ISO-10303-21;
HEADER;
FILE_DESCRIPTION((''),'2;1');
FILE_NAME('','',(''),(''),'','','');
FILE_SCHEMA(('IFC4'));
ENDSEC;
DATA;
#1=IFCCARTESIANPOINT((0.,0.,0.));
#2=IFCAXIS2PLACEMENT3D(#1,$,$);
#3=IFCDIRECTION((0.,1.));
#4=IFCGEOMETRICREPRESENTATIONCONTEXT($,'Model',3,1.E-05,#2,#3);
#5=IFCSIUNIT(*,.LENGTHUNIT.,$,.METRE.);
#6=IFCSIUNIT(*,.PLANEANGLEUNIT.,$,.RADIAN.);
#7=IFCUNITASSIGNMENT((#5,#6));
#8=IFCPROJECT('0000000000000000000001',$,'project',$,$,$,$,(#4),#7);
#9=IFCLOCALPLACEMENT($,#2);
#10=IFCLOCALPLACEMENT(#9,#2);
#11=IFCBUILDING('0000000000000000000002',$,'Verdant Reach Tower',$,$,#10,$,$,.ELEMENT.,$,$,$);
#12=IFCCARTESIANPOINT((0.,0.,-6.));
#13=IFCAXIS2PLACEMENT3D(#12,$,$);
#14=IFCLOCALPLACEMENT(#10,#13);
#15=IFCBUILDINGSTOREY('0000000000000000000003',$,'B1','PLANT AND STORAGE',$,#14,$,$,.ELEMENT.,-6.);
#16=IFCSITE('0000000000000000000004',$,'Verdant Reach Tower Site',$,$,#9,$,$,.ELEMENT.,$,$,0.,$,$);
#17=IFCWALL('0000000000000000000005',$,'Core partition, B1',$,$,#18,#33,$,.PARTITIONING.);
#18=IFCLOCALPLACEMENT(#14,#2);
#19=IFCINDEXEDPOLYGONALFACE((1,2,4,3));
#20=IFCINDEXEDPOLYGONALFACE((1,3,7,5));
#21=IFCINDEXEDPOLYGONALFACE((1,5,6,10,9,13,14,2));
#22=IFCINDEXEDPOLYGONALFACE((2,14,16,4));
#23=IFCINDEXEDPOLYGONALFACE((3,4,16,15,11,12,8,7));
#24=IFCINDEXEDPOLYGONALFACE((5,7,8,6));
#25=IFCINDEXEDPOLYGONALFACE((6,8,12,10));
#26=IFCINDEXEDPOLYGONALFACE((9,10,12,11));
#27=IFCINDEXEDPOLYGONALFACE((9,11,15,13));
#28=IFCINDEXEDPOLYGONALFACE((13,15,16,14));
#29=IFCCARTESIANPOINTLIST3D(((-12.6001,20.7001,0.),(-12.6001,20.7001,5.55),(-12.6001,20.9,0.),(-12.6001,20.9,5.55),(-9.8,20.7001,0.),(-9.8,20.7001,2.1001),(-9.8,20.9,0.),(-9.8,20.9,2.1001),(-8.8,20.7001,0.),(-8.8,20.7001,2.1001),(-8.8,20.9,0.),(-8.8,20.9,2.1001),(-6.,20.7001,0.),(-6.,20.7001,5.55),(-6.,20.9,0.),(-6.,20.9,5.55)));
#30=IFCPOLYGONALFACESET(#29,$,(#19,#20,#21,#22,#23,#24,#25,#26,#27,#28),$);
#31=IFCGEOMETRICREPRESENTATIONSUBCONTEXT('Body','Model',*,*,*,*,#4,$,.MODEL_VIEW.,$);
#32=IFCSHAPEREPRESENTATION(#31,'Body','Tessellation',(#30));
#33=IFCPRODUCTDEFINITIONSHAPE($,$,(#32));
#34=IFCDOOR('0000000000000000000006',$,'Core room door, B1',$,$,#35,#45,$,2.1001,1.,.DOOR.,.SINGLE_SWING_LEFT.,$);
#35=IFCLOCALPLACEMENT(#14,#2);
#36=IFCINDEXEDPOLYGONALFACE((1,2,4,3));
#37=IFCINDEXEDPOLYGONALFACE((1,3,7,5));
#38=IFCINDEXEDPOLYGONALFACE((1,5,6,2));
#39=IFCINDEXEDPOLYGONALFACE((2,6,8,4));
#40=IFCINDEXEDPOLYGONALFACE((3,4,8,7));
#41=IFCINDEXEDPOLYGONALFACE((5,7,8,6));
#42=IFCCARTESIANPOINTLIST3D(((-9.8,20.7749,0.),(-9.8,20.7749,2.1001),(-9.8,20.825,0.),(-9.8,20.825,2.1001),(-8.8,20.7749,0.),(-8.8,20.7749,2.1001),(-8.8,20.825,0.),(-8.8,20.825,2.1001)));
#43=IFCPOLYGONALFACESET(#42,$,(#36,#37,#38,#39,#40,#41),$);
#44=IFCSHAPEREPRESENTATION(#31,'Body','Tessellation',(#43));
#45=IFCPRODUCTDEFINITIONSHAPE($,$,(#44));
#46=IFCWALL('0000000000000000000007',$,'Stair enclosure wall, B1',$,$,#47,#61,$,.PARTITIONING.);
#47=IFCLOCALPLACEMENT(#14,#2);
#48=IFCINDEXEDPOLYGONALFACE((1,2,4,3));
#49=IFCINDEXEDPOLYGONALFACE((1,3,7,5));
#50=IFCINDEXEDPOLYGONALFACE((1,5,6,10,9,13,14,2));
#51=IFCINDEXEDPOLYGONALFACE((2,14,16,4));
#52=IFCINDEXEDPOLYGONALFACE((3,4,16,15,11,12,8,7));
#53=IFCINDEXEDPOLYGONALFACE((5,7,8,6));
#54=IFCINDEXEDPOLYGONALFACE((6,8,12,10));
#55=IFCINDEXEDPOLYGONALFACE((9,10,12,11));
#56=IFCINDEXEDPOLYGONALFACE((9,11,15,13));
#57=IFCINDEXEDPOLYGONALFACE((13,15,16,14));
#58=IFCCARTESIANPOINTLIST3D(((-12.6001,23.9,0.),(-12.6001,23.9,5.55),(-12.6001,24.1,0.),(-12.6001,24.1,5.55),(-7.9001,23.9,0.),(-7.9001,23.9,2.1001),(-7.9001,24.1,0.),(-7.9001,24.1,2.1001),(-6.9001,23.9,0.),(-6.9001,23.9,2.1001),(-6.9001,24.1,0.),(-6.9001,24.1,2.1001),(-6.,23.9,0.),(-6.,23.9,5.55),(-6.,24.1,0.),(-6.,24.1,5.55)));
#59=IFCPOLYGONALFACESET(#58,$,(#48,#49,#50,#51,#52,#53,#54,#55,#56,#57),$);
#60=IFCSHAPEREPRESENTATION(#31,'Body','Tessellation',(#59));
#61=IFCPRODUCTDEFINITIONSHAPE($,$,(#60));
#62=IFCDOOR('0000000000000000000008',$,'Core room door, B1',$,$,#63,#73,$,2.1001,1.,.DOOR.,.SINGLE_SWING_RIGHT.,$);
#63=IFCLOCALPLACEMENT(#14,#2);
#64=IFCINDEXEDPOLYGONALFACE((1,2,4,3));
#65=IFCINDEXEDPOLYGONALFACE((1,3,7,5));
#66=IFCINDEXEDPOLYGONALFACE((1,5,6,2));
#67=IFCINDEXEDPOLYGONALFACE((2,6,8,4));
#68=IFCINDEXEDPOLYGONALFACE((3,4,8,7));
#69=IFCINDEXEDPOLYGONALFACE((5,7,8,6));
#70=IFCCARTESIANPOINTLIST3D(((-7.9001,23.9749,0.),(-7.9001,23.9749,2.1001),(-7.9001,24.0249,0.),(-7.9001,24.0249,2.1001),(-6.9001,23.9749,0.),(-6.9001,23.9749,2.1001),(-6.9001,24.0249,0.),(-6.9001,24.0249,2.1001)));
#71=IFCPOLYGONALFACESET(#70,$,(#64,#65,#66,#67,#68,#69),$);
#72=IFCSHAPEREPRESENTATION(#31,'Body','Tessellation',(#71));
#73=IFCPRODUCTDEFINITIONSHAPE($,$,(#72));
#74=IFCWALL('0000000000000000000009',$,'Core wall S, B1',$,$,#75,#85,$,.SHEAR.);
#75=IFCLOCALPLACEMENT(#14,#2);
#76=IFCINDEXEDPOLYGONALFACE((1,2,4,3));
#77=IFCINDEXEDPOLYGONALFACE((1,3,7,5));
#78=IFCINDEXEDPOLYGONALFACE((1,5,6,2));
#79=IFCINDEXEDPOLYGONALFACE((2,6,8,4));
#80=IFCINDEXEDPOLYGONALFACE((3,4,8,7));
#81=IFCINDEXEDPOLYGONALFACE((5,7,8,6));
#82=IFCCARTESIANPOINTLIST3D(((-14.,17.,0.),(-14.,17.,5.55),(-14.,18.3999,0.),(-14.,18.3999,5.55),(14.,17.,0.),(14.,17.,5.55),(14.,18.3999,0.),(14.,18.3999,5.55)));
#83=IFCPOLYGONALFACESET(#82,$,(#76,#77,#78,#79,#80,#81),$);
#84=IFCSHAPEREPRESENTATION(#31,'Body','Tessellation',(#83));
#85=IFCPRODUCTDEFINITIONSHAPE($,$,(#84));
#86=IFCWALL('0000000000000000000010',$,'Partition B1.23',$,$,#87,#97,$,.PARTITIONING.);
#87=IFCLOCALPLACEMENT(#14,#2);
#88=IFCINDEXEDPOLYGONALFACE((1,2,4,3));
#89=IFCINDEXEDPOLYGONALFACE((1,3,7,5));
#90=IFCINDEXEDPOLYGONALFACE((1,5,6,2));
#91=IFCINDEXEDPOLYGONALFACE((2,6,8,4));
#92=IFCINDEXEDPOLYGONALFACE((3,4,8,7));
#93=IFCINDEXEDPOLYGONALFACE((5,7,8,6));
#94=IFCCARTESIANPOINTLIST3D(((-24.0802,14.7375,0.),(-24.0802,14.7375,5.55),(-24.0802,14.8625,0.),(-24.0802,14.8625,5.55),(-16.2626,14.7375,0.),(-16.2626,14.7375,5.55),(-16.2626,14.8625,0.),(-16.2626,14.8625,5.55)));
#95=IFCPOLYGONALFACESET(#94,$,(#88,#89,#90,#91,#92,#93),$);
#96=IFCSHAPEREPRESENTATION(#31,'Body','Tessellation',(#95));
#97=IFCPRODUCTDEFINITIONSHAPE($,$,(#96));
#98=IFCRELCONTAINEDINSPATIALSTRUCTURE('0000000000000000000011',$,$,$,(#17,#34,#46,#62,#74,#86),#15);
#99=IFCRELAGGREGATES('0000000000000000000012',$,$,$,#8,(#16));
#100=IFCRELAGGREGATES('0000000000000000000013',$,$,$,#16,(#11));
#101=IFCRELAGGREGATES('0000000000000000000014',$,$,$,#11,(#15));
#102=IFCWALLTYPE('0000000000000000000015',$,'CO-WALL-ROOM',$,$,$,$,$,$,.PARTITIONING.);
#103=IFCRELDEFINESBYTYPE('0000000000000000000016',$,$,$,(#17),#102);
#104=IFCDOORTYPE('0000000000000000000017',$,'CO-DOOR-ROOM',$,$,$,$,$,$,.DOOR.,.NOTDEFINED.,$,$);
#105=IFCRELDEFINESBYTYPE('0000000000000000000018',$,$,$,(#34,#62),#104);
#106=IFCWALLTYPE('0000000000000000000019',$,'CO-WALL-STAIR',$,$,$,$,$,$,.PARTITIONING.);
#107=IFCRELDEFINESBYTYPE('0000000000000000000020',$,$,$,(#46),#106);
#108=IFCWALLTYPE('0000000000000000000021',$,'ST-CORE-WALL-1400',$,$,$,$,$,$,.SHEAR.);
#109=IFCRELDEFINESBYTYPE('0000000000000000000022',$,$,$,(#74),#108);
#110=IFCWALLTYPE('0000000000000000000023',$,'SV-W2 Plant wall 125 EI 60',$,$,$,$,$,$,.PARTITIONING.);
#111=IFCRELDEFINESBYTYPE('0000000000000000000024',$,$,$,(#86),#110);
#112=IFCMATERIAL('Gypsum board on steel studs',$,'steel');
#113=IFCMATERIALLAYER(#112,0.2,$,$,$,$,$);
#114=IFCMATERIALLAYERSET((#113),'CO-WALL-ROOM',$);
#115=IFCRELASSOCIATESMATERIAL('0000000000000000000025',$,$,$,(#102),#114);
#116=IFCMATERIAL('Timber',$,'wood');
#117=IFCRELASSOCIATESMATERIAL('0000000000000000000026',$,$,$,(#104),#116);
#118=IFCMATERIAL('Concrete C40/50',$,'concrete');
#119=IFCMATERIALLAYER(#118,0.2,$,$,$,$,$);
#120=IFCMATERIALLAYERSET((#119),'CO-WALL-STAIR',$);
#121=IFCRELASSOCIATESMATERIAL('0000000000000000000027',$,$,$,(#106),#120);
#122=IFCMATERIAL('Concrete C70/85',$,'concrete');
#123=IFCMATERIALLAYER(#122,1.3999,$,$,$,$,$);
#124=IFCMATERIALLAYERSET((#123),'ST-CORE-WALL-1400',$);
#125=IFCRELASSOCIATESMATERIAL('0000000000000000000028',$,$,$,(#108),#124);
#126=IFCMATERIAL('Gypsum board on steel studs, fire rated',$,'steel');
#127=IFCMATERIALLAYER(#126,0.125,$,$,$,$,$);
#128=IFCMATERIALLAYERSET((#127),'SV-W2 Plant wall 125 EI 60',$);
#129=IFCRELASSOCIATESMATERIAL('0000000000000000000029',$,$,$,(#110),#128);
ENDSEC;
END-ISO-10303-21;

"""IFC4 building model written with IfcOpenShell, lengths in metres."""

from ifc_helpers import new_model, si_unit, direction, frame, frame_2d, origin, place, context, subcontext, project, spatial, rectangle, extrude, material, layer, layer_set, type_object, element, fill, save


model = new_model("IFC4")

# Units and contexts
model_context = context("Model", 3, precision=1e-05, world=origin(), true_north=direction((0.0, 1.0)))
body_context = subcontext(model_context, "Body", "Model", "MODEL_VIEW")
ifc_project = project(units=[si_unit("LENGTHUNIT", "METRE"), si_unit("PLANEANGLEUNIT", "RADIAN")], contexts=[model_context])

# Site, building, storey
site_placement = place(None, origin())
site = spatial("IfcSite", under=ifc_project, at=site_placement, Name="Verdant Reach Tower Site", CompositionType="ELEMENT", RefElevation=0.0)
building_placement = place(site_placement, origin())
building = spatial("IfcBuilding", under=site, at=building_placement, Name="Verdant Reach Tower", CompositionType="ELEMENT")
storey_placement = place(building_placement, frame((0.0, 0.0, -6.0)))
storey = spatial("IfcBuildingStorey", under=building, at=storey_placement, Name="B1", Description="PLANT AND STORAGE", CompositionType="ELEMENT", Elevation=-6.0)

# Shared definitions
ifc_material_1 = material(Name="Concrete C40/50", Category="concrete")

# Shared definitions
ifc_material_2 = material(Name="Concrete C70/85", Category="concrete")

# Walls, openings, doors
ifc_material_3 = material(Name="Gypsum board on steel studs", Category="steel")
ifc_layer_1 = layer(ifc_material_3, 0.2)
ifc_layer_set_1 = layer_set([ifc_layer_1], Name="CO-WALL-ROOM")
wall_type_1 = type_object("IfcWallType", Name="CO-WALL-ROOM", PredefinedType="PARTITIONING", material=ifc_layer_set_1)
wall_1_placement = place(storey_placement, frame((-12.6001, 20.8, 0.0), z_axis=(0.0, 0.0, 1.0), x_axis=(1.0, 0.0, 0.0)))
wall_1 = element("IfcWall", 1, at=wall_1_placement, inside=storey, type_object=wall_type_1, Name="Core partition, B1", PredefinedType="PARTITIONING", context=body_context, shape_type="SweptSolid", body=[
    extrude(rectangle(XDim=6.6001, YDim=0.2, at=frame_2d((3.3, 0.0))), origin(), (0.0, 0.0, 1.0), 5.55),
])
opening_1_placement = place(wall_1_placement, frame((2.8, 0.0, 0.0)))
opening_1 = element("IfcOpeningElement", 2, at=opening_1_placement, cuts=wall_1, PredefinedType="OPENING", context=body_context, shape_type="SweptSolid", body=[
    extrude(rectangle(XDim=1.0, YDim=2.1001, at=frame_2d((0.5, 1.05))), frame((0.0, 0.1099, 0.0), z_axis=(0.0, -1.0, 0.0), x_axis=(1.0, 0.0, 0.0)), (0.0, 0.0, 1.0), 0.22),
])
ifc_material_4 = material(Name="Timber", Category="wood")
door_type_1 = type_object("IfcDoorType", Name="CO-DOOR-ROOM", OperationType="NOTDEFINED", PredefinedType="DOOR", material=ifc_material_4)
door_1_placement = place(opening_1_placement, origin())
door_1 = element("IfcDoor", 3, at=door_1_placement, inside=storey, type_object=door_type_1, Name="Core room door, B1", OperationType="SINGLE_SWING_LEFT", OverallHeight=2.1001, OverallWidth=1.0, PredefinedType="DOOR", context=body_context, shape_type="SweptSolid", body=[
    extrude(rectangle(XDim=1.0, YDim=2.1001, at=frame_2d((0.5, 1.05))), frame((0.0, 0.0249, 0.0), z_axis=(0.0, -1.0, 0.0), x_axis=(1.0, 0.0, 0.0)), (0.0, 0.0, 1.0), 0.05),
])
fill(opening_1, door_1)
ifc_layer_2 = layer(ifc_material_1, 0.2)
ifc_layer_set_2 = layer_set([ifc_layer_2], Name="CO-WALL-STAIR")
wall_type_2 = type_object("IfcWallType", Name="CO-WALL-STAIR", PredefinedType="PARTITIONING", material=ifc_layer_set_2)
wall_2_placement = place(storey_placement, frame((-12.6001, 24.0, 0.0), z_axis=(0.0, 0.0, 1.0), x_axis=(1.0, 0.0, 0.0)))
wall_2 = element("IfcWall", 4, at=wall_2_placement, inside=storey, type_object=wall_type_2, Name="Stair enclosure wall, B1", PredefinedType="PARTITIONING", context=body_context, shape_type="SweptSolid", body=[
    extrude(rectangle(XDim=6.6001, YDim=0.2, at=frame_2d((3.3, 0.0))), origin(), (0.0, 0.0, 1.0), 5.55),
])
opening_2_placement = place(wall_2_placement, frame((4.7, 0.0, 0.0)))
opening_2 = element("IfcOpeningElement", 5, at=opening_2_placement, cuts=wall_2, PredefinedType="OPENING", context=body_context, shape_type="SweptSolid", body=[
    extrude(rectangle(XDim=1.0, YDim=2.1001, at=frame_2d((0.5, 1.05))), frame((0.0, 0.1099, 0.0), z_axis=(0.0, -1.0, 0.0), x_axis=(1.0, 0.0, 0.0)), (0.0, 0.0, 1.0), 0.22),
])
door_2_placement = place(opening_2_placement, origin())
door_2 = element("IfcDoor", 6, at=door_2_placement, inside=storey, type_object=door_type_1, Name="Core room door, B1", OperationType="SINGLE_SWING_RIGHT", OverallHeight=2.1001, OverallWidth=1.0, PredefinedType="DOOR", context=body_context, shape_type="SweptSolid", body=[
    extrude(rectangle(XDim=1.0, YDim=2.1001, at=frame_2d((0.5, 1.05))), frame((0.0, 0.0249, 0.0), z_axis=(0.0, -1.0, 0.0), x_axis=(1.0, 0.0, 0.0)), (0.0, 0.0, 1.0), 0.05),
])
fill(opening_2, door_2)

# Wall
ifc_layer_3 = layer(ifc_material_2, 1.3999)
ifc_layer_set_3 = layer_set([ifc_layer_3], Name="ST-CORE-WALL-1400")
wall_type_3 = type_object("IfcWallType", Name="ST-CORE-WALL-1400", PredefinedType="SHEAR", material=ifc_layer_set_3)
wall_3_placement = place(storey_placement, frame((-14.0, 17.7, 0.0), z_axis=(0.0, 0.0, 1.0), x_axis=(1.0, 0.0, 0.0)))
element("IfcWall", 7, at=wall_3_placement, inside=storey, type_object=wall_type_3, Name="Core wall S, B1", PredefinedType="SHEAR", context=body_context, shape_type="SweptSolid", body=[
    extrude(rectangle(XDim=28.0, YDim=1.3999, at=frame_2d((14.0, 0.0))), origin(), (0.0, 0.0, 1.0), 5.55),
])

# Wall
ifc_material_5 = material(Name="Gypsum board on steel studs, fire rated", Category="steel")
ifc_layer_4 = layer(ifc_material_5, 0.125)
ifc_layer_set_4 = layer_set([ifc_layer_4], Name="SV-W2 Plant wall 125 EI 60")
wall_type_4 = type_object("IfcWallType", Name="SV-W2 Plant wall 125 EI 60", PredefinedType="PARTITIONING", material=ifc_layer_set_4)
wall_4_placement = place(storey_placement, frame((-24.0801, 14.8, 0.0), z_axis=(0.0, 0.0, 1.0), x_axis=(1.0, 0.0, 0.0)))
element("IfcWall", 8, at=wall_4_placement, inside=storey, type_object=wall_type_4, Name="Partition B1.23", PredefinedType="PARTITIONING", context=body_context, shape_type="SweptSolid", body=[
    extrude(rectangle(XDim=7.8176, YDim=0.125, at=frame_2d((3.9087, 0.0))), origin(), (0.0, 0.0, 1.0), 5.55),
])

save(model, "model.ifc")
